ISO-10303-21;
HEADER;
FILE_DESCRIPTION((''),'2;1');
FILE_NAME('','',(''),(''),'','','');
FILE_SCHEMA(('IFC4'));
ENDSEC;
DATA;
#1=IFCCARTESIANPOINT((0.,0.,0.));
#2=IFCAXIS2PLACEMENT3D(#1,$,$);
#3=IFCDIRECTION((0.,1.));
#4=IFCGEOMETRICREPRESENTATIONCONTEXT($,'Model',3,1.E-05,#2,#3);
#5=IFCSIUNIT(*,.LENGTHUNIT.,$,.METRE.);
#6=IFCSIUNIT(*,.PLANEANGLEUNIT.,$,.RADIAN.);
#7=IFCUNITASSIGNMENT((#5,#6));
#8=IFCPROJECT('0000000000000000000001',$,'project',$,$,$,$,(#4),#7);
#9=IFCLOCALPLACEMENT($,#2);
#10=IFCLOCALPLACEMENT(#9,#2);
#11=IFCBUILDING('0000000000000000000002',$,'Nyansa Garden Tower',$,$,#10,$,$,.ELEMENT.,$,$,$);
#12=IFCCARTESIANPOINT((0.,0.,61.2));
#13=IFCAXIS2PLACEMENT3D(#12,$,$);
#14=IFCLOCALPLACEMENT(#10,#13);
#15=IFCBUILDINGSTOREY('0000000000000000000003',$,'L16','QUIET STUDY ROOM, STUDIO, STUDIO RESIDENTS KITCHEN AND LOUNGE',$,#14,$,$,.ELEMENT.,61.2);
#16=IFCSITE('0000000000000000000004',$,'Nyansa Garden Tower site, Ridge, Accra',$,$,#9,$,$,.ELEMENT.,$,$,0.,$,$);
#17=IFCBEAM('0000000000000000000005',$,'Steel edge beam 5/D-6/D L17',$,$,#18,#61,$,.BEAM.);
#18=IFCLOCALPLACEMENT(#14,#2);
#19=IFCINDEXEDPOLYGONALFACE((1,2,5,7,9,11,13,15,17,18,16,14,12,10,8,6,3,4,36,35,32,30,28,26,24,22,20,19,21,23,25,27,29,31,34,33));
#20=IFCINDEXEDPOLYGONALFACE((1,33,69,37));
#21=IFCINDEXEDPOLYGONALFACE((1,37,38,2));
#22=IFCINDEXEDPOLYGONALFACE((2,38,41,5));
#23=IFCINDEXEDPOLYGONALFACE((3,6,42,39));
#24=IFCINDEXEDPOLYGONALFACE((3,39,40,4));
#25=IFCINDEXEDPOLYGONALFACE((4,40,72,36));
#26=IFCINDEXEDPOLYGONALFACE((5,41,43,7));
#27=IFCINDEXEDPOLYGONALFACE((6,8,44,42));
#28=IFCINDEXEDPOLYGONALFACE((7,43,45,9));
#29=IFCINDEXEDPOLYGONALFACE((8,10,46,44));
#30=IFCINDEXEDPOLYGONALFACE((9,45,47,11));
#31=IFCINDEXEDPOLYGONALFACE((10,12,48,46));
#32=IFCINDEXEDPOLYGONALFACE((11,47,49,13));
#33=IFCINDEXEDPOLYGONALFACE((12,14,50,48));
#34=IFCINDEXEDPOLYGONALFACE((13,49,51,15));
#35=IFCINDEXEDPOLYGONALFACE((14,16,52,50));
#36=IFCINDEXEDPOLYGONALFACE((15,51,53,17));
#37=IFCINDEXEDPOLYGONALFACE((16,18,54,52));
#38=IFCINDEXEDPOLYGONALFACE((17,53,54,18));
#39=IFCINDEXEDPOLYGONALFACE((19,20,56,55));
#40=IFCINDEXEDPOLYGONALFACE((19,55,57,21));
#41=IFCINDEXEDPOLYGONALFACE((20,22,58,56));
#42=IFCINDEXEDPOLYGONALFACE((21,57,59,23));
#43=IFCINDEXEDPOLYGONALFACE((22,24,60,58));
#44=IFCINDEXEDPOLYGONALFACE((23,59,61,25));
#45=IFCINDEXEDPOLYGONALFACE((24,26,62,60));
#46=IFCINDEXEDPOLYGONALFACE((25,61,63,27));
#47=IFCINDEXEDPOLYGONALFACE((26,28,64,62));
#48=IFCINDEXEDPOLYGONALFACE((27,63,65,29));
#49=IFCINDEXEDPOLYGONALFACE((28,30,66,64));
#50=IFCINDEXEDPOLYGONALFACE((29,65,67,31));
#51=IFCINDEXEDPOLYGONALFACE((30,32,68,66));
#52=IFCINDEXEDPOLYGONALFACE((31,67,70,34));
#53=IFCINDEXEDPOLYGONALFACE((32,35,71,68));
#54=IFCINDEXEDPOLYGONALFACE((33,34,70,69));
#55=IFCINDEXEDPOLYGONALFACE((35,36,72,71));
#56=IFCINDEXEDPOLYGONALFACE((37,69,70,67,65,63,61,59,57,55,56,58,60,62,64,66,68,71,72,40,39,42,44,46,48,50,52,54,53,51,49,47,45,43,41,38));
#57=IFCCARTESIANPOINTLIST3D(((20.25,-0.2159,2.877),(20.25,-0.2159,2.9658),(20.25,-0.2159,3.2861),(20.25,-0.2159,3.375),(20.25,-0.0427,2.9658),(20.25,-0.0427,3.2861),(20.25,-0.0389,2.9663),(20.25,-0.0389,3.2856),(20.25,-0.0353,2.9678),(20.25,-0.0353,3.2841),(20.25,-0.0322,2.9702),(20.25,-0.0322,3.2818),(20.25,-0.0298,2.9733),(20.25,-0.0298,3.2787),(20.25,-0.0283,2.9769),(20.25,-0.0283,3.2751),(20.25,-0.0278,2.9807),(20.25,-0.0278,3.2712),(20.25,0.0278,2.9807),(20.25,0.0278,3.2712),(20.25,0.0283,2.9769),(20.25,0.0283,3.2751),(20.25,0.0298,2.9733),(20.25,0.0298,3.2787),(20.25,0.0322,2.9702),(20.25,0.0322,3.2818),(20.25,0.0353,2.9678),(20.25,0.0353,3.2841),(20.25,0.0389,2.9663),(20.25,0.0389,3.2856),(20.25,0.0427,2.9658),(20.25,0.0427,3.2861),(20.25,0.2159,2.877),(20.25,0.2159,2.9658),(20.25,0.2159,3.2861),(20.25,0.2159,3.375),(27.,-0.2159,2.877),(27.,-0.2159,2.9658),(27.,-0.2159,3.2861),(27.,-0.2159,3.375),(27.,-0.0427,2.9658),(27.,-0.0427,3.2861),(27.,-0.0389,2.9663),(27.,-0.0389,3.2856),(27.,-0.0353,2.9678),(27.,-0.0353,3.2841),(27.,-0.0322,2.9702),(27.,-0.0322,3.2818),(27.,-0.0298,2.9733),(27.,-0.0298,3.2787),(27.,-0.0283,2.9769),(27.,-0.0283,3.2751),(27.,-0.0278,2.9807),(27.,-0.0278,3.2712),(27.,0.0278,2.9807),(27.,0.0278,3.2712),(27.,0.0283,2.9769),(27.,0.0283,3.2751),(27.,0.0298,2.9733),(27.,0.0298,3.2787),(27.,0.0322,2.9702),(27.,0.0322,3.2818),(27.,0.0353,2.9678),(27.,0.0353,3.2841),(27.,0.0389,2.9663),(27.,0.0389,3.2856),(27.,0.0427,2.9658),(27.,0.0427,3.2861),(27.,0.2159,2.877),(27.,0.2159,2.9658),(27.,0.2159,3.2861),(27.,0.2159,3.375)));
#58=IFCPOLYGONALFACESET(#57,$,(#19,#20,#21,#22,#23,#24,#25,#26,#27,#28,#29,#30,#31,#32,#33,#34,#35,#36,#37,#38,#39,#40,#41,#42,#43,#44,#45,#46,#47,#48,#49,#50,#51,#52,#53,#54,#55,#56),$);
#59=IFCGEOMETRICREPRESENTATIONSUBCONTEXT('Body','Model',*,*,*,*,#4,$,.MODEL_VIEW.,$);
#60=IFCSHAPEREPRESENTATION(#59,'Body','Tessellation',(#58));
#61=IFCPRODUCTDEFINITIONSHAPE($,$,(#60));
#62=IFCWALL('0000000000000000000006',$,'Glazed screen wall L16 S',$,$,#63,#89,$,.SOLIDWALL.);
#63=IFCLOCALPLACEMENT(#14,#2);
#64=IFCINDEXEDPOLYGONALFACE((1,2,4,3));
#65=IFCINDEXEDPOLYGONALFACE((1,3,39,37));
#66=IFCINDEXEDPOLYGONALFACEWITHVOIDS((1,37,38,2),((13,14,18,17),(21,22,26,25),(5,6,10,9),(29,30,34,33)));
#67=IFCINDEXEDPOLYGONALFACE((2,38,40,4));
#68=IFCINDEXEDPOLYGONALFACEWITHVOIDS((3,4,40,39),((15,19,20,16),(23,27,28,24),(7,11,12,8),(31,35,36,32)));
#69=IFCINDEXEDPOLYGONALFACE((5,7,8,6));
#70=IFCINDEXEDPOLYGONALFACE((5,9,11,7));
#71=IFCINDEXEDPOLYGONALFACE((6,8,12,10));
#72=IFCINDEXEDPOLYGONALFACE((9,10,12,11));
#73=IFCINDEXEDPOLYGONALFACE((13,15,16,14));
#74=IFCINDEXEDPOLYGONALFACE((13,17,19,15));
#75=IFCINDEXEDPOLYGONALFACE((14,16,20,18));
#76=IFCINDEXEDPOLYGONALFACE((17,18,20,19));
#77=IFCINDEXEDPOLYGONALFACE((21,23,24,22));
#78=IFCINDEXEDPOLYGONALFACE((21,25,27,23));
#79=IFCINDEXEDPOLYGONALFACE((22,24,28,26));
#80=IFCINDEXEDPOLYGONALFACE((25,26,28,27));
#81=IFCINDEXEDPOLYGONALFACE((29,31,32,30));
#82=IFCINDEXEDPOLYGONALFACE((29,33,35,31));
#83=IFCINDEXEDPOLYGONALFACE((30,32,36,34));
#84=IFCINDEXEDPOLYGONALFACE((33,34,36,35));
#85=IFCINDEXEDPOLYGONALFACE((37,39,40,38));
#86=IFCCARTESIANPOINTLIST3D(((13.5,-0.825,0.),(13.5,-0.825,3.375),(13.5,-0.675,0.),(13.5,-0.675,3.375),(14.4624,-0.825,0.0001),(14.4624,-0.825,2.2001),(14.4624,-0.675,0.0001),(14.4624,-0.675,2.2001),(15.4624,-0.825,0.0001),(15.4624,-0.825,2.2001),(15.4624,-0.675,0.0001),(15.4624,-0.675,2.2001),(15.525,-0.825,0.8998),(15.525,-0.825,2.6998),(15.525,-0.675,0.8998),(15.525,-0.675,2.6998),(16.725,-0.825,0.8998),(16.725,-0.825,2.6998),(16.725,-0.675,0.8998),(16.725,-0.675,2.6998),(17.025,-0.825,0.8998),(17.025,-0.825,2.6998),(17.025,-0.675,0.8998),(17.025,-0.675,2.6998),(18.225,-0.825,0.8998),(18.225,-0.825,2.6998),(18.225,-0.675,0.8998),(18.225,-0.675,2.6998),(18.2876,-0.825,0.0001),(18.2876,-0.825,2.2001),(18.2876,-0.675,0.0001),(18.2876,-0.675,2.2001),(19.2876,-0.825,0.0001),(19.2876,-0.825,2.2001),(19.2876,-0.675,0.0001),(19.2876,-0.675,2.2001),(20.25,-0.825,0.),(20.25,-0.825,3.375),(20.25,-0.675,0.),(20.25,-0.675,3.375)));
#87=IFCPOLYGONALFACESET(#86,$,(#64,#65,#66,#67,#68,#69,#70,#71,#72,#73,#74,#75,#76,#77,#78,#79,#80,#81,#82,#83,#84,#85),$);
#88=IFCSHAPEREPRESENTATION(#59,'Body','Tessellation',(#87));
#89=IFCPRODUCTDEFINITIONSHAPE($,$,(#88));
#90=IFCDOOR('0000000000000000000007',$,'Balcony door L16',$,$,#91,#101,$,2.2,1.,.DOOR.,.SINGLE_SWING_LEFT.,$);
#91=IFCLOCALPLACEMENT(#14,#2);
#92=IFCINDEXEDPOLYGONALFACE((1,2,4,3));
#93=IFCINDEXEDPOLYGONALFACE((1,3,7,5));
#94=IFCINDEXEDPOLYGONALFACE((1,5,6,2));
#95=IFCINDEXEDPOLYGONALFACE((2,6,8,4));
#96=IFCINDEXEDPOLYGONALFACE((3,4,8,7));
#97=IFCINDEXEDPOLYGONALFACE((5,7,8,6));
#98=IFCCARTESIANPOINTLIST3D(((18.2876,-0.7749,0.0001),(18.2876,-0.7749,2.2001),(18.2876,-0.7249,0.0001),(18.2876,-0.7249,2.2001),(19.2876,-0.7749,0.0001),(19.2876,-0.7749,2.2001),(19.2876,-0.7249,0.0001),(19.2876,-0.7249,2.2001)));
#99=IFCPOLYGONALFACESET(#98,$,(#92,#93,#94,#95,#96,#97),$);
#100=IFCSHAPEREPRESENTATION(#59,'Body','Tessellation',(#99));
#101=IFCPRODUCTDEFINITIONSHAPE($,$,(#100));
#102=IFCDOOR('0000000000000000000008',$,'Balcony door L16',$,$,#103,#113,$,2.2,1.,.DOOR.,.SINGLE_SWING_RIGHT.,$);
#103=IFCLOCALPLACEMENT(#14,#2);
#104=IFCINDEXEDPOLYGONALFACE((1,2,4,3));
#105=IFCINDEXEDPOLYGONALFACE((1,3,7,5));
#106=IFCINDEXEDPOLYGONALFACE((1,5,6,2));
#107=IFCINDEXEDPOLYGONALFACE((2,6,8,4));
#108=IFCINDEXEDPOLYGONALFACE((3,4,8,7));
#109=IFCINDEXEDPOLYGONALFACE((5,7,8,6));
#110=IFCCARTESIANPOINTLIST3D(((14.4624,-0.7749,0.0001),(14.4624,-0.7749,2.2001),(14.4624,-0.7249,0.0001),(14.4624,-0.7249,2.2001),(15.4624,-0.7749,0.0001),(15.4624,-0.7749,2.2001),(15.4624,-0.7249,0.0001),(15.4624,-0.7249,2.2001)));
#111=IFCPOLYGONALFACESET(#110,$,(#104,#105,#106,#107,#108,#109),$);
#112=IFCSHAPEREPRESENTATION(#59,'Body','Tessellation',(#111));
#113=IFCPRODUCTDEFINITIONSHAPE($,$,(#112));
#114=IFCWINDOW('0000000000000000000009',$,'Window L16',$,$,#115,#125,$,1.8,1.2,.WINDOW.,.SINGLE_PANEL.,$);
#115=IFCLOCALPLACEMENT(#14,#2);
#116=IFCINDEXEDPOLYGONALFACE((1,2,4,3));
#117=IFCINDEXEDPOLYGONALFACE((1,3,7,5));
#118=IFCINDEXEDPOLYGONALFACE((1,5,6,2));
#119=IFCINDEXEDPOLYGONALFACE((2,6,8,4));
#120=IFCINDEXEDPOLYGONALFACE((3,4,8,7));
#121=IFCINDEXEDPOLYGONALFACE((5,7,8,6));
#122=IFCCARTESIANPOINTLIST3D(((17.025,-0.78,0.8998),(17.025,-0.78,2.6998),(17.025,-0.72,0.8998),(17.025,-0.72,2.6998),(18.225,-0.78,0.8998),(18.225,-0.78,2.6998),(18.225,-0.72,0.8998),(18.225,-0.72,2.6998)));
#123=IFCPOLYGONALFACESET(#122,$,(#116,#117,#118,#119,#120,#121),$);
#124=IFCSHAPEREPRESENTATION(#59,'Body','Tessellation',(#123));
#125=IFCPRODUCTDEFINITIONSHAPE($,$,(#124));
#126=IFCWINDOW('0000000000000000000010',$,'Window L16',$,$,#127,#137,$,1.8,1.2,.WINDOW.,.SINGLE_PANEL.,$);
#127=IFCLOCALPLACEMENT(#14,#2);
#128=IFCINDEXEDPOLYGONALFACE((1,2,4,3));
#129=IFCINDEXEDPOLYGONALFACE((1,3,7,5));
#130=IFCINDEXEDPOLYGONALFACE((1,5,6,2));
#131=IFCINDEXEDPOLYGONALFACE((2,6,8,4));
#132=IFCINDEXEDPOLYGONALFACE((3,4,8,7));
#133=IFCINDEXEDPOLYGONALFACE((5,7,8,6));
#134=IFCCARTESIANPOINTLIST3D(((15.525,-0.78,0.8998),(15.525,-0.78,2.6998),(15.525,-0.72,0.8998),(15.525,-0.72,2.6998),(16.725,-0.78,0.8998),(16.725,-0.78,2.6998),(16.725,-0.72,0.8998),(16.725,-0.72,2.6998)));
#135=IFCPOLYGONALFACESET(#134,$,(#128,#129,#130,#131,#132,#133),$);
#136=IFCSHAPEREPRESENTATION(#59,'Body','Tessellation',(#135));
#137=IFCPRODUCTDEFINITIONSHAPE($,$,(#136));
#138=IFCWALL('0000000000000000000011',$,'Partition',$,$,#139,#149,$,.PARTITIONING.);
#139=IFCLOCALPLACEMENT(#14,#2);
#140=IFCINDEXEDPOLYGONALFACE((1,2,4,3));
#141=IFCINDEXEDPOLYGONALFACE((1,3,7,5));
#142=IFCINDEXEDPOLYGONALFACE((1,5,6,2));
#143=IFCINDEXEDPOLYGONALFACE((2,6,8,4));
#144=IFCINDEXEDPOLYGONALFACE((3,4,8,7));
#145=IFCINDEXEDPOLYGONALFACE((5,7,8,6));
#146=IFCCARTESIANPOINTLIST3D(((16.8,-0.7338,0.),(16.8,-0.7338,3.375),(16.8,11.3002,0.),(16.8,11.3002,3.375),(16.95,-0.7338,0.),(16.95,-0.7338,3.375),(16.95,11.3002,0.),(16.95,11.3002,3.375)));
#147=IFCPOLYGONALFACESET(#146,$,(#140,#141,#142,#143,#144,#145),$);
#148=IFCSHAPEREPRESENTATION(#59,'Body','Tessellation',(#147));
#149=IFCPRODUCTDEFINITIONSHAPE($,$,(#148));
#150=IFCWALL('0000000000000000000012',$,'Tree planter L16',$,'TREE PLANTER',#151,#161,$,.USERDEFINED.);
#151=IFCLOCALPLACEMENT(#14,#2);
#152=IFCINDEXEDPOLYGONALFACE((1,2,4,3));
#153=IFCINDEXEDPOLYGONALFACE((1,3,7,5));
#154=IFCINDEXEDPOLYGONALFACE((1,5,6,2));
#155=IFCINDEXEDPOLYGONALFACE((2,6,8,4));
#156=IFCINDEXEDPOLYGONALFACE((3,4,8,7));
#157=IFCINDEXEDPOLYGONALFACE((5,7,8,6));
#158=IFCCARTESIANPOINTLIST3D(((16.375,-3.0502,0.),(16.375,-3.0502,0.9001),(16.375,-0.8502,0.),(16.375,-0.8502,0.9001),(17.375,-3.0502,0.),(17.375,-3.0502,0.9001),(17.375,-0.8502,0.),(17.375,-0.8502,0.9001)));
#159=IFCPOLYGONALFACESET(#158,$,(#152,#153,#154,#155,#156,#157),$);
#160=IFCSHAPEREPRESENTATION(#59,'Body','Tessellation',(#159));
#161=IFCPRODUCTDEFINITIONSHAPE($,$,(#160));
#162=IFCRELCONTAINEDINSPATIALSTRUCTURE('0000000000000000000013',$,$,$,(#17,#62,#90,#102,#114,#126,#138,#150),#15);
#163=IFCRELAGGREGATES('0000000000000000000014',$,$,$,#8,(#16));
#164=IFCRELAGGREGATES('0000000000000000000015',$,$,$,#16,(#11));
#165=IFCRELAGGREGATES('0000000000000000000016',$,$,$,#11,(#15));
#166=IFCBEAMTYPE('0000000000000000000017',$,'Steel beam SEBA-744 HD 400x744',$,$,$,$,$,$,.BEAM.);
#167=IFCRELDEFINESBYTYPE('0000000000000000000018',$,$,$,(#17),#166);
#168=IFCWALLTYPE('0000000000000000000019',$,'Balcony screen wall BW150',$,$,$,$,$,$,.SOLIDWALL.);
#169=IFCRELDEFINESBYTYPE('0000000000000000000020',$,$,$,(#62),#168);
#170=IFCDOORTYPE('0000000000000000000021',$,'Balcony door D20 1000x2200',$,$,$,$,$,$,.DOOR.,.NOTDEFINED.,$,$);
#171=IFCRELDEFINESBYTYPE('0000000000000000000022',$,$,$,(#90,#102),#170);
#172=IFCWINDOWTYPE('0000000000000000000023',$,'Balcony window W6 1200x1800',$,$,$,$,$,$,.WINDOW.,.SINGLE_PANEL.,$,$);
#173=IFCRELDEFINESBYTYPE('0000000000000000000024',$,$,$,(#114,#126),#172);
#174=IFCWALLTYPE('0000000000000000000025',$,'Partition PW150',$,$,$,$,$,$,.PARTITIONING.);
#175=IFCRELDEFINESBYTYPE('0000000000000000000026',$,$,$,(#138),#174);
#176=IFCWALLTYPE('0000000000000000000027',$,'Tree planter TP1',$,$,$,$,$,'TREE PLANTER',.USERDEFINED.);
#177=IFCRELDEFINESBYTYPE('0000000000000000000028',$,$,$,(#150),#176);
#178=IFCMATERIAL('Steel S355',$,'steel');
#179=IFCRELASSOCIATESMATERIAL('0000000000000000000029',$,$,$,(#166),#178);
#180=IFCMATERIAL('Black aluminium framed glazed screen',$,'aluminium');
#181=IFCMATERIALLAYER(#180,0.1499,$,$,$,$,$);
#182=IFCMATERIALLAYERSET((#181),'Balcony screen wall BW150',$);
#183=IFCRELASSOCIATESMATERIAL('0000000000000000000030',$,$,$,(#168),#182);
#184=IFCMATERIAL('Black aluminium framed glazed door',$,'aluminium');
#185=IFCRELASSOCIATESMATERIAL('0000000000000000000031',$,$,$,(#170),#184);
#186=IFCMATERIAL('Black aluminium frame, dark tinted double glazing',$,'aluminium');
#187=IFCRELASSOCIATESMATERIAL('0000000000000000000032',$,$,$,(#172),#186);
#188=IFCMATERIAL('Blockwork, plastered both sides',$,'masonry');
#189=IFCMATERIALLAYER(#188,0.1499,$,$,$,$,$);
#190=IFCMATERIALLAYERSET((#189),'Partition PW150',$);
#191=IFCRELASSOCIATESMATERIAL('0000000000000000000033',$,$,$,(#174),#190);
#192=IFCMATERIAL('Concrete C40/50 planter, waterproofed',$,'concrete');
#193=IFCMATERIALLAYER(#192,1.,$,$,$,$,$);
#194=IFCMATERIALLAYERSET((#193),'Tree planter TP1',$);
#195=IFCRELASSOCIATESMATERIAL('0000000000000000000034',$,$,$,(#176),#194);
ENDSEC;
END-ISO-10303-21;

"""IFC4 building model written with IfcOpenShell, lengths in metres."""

from ifc_helpers import new_model, si_unit, direction, frame, frame_2d, origin, origin_2d, place, context, subcontext, project, spatial, rectangle, i_section, extrude, material, layer, layer_set, material_profile, profile_set, type_object, element, fill, save


model = new_model("IFC4")

# Units and contexts
model_context = context("Model", 3, precision=1e-05, world=origin(), true_north=direction((0.0, 1.0)))
body_context = subcontext(model_context, "Body", "Model", "MODEL_VIEW")
ifc_project = project(units=[si_unit("LENGTHUNIT", "METRE"), si_unit("PLANEANGLEUNIT", "RADIAN")], contexts=[model_context])

# Site, building, storey
site_placement = place(None, origin())
site = spatial("IfcSite", under=ifc_project, at=site_placement, Name="Nyansa Garden Tower site, Ridge, Accra", CompositionType="ELEMENT", RefElevation=0.0)
building_placement = place(site_placement, origin())
building = spatial("IfcBuilding", under=site, at=building_placement, Name="Nyansa Garden Tower", CompositionType="ELEMENT")
storey_placement = place(building_placement, frame((0.0, 0.0, 61.2)))
storey = spatial("IfcBuildingStorey", under=building, at=storey_placement, Name="L16", Description="QUIET STUDY ROOM, STUDIO, STUDIO RESIDENTS KITCHEN AND LOUNGE", CompositionType="ELEMENT", Elevation=61.2)

# Beam
ifc_material_1 = material(Name="Steel S355", Category="steel")
ifc_material_profile_1 = material_profile(ifc_material_1, i_section(OverallWidth=0.4319, OverallDepth=0.498, WebThickness=0.0557, FlangeThickness=0.0889, FilletRadius=0.0149, at=origin_2d()), Name="HD 400x744")
ifc_profile_set_1 = profile_set([ifc_material_profile_1], Name="Steel S355")
beam_type_1 = type_object("IfcBeamType", Name="Steel beam SEBA-744 HD 400x744", PredefinedType="BEAM", material=ifc_profile_set_1)
for number, where, z_axis, x_axis, name in (
    (1, (20.25, 0.0, 3.126), (1.0, 0.0, 0.0), (0.0, 1.0, 0.0), "Steel edge beam 5/D-6/D L17"),
):
    element("IfcBeam", number, at=place(storey_placement, frame(where, z_axis=z_axis, x_axis=x_axis)), inside=storey, type_object=beam_type_1, Name=name, PredefinedType="BEAM", context=body_context, shape_type="SweptSolid", body=[
        extrude(i_section(OverallWidth=0.4319, OverallDepth=0.498, WebThickness=0.0557, FlangeThickness=0.0889, FilletRadius=0.0149, at=origin_2d()), origin(), (0.0, 0.0, 1.0), 6.75),
    ])

# Wall, openings, doors, windows
ifc_material_2 = material(Name="Black aluminium framed glazed screen", Category="aluminium")
ifc_layer_1 = layer(ifc_material_2, 0.1499)
ifc_layer_set_1 = layer_set([ifc_layer_1], Name="Balcony screen wall BW150")
wall_type_1 = type_object("IfcWallType", Name="Balcony screen wall BW150", PredefinedType="SOLIDWALL", material=ifc_layer_set_1)
wall_1_placement = place(storey_placement, frame((20.25, -0.75, 0.0), z_axis=(0.0, 0.0, 1.0), x_axis=(-1.0, 0.0, 0.0)))
wall_1 = element("IfcWall", 2, at=wall_1_placement, inside=storey, type_object=wall_type_1, Name="Glazed screen wall L16 S", PredefinedType="SOLIDWALL", context=body_context, shape_type="SweptSolid", body=[
    extrude(rectangle(XDim=6.75, YDim=0.1499, at=frame_2d((3.375, 0.0))), origin(), (0.0, 0.0, 1.0), 3.375),
])
opening_1_placement = place(wall_1_placement, frame((0.9624, 0.0, 0.0)))
opening_1 = element("IfcOpeningElement", 3, at=opening_1_placement, cuts=wall_1, PredefinedType="OPENING", context=body_context, shape_type="SweptSolid", body=[
    extrude(rectangle(XDim=1.0, YDim=2.2, at=frame_2d((0.5, 1.1001))), frame((0.0, 0.085, 0.0), z_axis=(0.0, -1.0, 0.0), x_axis=(1.0, 0.0, 0.0)), (0.0, 0.0, 1.0), 0.1699),
])
opening_2_placement = place(wall_1_placement, frame((2.0249, 0.0, 0.8999)))
opening_2 = element("IfcOpeningElement", 4, at=opening_2_placement, cuts=wall_1, PredefinedType="OPENING", context=body_context, shape_type="SweptSolid", body=[
    extrude(rectangle(XDim=1.2, YDim=1.8, at=frame_2d((0.6001, 0.8999))), frame((0.0, 0.085, 0.0), z_axis=(0.0, -1.0, 0.0), x_axis=(1.0, 0.0, 0.0)), (0.0, 0.0, 1.0), 0.1699),
])
opening_3_placement = place(wall_1_placement, frame((4.7876, 0.0, 0.0)))
opening_3 = element("IfcOpeningElement", 5, at=opening_3_placement, cuts=wall_1, PredefinedType="OPENING", context=body_context, shape_type="SweptSolid", body=[
    extrude(rectangle(XDim=1.0, YDim=2.2, at=frame_2d((0.5, 1.1001))), frame((0.0, 0.085, 0.0), z_axis=(0.0, -1.0, 0.0), x_axis=(1.0, 0.0, 0.0)), (0.0, 0.0, 1.0), 0.1699),
])
opening_4_placement = place(wall_1_placement, frame((3.5249, 0.0, 0.8999)))
opening_4 = element("IfcOpeningElement", 6, at=opening_4_placement, cuts=wall_1, PredefinedType="OPENING", context=body_context, shape_type="SweptSolid", body=[
    extrude(rectangle(XDim=1.2, YDim=1.8, at=frame_2d((0.6001, 0.8999))), frame((0.0, 0.085, 0.0), z_axis=(0.0, -1.0, 0.0), x_axis=(1.0, 0.0, 0.0)), (0.0, 0.0, 1.0), 0.1699),
])
ifc_material_3 = material(Name="Black aluminium framed glazed door", Category="aluminium")
door_type_1 = type_object("IfcDoorType", Name="Balcony door D20 1000x2200", OperationType="NOTDEFINED", PredefinedType="DOOR", material=ifc_material_3)
door_1_placement = place(opening_1_placement, origin())
door_1 = element("IfcDoor", 7, at=door_1_placement, inside=storey, type_object=door_type_1, Name="Balcony door L16", OperationType="SINGLE_SWING_LEFT", OverallHeight=2.2, OverallWidth=1.0, PredefinedType="DOOR", context=body_context, shape_type="SweptSolid", body=[
    extrude(rectangle(XDim=1.0, YDim=2.2, at=frame_2d((0.5, 1.1001))), frame((0.0, 0.0249, 0.0), z_axis=(0.0, -1.0, 0.0), x_axis=(1.0, 0.0, 0.0)), (0.0, 0.0, 1.0), 0.05),
])
fill(opening_1, door_1)
door_2_placement = place(opening_3_placement, origin())
door_2 = element("IfcDoor", 8, at=door_2_placement, inside=storey, type_object=door_type_1, Name="Balcony door L16", OperationType="SINGLE_SWING_RIGHT", OverallHeight=2.2, OverallWidth=1.0, PredefinedType="DOOR", context=body_context, shape_type="SweptSolid", body=[
    extrude(rectangle(XDim=1.0, YDim=2.2, at=frame_2d((0.5, 1.1001))), frame((0.0, 0.0249, 0.0), z_axis=(0.0, -1.0, 0.0), x_axis=(1.0, 0.0, 0.0)), (0.0, 0.0, 1.0), 0.05),
])
fill(opening_3, door_2)
ifc_material_4 = material(Name="Black aluminium frame, dark tinted double glazing", Category="aluminium")
window_type = type_object("IfcWindowType", Name="Balcony window W6 1200x1800", PartitioningType="SINGLE_PANEL", PredefinedType="WINDOW", material=ifc_material_4)
window_1_placement = place(opening_2_placement, origin())
window_1 = element("IfcWindow", 9, at=window_1_placement, inside=storey, type_object=window_type, Name="Window L16", OverallHeight=1.8, OverallWidth=1.2, PartitioningType="SINGLE_PANEL", PredefinedType="WINDOW", context=body_context, shape_type="SweptSolid", body=[
    extrude(rectangle(XDim=1.2, YDim=1.8, at=frame_2d((0.6001, 0.8999))), frame((0.0, 0.03, 0.0), z_axis=(0.0, -1.0, 0.0), x_axis=(1.0, 0.0, 0.0)), (0.0, 0.0, 1.0), 0.0601),
])
fill(opening_2, window_1)
window_2_placement = place(opening_4_placement, origin())
window_2 = element("IfcWindow", 10, at=window_2_placement, inside=storey, type_object=window_type, Name="Window L16", OverallHeight=1.8, OverallWidth=1.2, PartitioningType="SINGLE_PANEL", PredefinedType="WINDOW", context=body_context, shape_type="SweptSolid", body=[
    extrude(rectangle(XDim=1.2, YDim=1.8, at=frame_2d((0.6001, 0.8999))), frame((0.0, 0.03, 0.0), z_axis=(0.0, -1.0, 0.0), x_axis=(1.0, 0.0, 0.0)), (0.0, 0.0, 1.0), 0.0601),
])
fill(opening_4, window_2)

# Walls
ifc_material_5 = material(Name="Blockwork, plastered both sides", Category="masonry")
ifc_layer_2 = layer(ifc_material_5, 0.1499)
ifc_layer_set_2 = layer_set([ifc_layer_2], Name="Partition PW150")
wall_type_2 = type_object("IfcWallType", Name="Partition PW150", PredefinedType="PARTITIONING", material=ifc_layer_set_2)
wall_2_placement = place(storey_placement, frame((16.875, -0.7339, 0.0), z_axis=(0.0, 0.0, 1.0), x_axis=(0.0, 1.0, 0.0)))
element("IfcWall", 11, at=wall_2_placement, inside=storey, type_object=wall_type_2, Name="Partition", PredefinedType="PARTITIONING", context=body_context, shape_type="SweptSolid", body=[
    extrude(rectangle(XDim=12.0339, YDim=0.1499, at=frame_2d((6.0171, 0.0))), origin(), (0.0, 0.0, 1.0), 3.375),
])
ifc_material_6 = material(Name="Concrete C40/50 planter, waterproofed", Category="concrete")
ifc_layer_3 = layer(ifc_material_6, 1.0)
ifc_layer_set_3 = layer_set([ifc_layer_3], Name="Tree planter TP1")
wall_type_3 = type_object("IfcWallType", Name="Tree planter TP1", ElementType="TREE PLANTER", PredefinedType="USERDEFINED", material=ifc_layer_set_3)
wall_3_placement = place(storey_placement, frame((16.875, -0.8501, 0.0), z_axis=(0.0, 0.0, 1.0), x_axis=(0.0, -1.0, 0.0)))
element("IfcWall", 12, at=wall_3_placement, inside=storey, type_object=wall_type_3, Name="Tree planter L16", ObjectType="TREE PLANTER", PredefinedType="USERDEFINED", context=body_context, shape_type="SweptSolid", body=[
    extrude(rectangle(XDim=2.2, YDim=1.0, at=frame_2d((1.1001, 0.0))), origin(), (0.0, 0.0, 1.0), 0.9001),
])

save(model, "model.ifc")
